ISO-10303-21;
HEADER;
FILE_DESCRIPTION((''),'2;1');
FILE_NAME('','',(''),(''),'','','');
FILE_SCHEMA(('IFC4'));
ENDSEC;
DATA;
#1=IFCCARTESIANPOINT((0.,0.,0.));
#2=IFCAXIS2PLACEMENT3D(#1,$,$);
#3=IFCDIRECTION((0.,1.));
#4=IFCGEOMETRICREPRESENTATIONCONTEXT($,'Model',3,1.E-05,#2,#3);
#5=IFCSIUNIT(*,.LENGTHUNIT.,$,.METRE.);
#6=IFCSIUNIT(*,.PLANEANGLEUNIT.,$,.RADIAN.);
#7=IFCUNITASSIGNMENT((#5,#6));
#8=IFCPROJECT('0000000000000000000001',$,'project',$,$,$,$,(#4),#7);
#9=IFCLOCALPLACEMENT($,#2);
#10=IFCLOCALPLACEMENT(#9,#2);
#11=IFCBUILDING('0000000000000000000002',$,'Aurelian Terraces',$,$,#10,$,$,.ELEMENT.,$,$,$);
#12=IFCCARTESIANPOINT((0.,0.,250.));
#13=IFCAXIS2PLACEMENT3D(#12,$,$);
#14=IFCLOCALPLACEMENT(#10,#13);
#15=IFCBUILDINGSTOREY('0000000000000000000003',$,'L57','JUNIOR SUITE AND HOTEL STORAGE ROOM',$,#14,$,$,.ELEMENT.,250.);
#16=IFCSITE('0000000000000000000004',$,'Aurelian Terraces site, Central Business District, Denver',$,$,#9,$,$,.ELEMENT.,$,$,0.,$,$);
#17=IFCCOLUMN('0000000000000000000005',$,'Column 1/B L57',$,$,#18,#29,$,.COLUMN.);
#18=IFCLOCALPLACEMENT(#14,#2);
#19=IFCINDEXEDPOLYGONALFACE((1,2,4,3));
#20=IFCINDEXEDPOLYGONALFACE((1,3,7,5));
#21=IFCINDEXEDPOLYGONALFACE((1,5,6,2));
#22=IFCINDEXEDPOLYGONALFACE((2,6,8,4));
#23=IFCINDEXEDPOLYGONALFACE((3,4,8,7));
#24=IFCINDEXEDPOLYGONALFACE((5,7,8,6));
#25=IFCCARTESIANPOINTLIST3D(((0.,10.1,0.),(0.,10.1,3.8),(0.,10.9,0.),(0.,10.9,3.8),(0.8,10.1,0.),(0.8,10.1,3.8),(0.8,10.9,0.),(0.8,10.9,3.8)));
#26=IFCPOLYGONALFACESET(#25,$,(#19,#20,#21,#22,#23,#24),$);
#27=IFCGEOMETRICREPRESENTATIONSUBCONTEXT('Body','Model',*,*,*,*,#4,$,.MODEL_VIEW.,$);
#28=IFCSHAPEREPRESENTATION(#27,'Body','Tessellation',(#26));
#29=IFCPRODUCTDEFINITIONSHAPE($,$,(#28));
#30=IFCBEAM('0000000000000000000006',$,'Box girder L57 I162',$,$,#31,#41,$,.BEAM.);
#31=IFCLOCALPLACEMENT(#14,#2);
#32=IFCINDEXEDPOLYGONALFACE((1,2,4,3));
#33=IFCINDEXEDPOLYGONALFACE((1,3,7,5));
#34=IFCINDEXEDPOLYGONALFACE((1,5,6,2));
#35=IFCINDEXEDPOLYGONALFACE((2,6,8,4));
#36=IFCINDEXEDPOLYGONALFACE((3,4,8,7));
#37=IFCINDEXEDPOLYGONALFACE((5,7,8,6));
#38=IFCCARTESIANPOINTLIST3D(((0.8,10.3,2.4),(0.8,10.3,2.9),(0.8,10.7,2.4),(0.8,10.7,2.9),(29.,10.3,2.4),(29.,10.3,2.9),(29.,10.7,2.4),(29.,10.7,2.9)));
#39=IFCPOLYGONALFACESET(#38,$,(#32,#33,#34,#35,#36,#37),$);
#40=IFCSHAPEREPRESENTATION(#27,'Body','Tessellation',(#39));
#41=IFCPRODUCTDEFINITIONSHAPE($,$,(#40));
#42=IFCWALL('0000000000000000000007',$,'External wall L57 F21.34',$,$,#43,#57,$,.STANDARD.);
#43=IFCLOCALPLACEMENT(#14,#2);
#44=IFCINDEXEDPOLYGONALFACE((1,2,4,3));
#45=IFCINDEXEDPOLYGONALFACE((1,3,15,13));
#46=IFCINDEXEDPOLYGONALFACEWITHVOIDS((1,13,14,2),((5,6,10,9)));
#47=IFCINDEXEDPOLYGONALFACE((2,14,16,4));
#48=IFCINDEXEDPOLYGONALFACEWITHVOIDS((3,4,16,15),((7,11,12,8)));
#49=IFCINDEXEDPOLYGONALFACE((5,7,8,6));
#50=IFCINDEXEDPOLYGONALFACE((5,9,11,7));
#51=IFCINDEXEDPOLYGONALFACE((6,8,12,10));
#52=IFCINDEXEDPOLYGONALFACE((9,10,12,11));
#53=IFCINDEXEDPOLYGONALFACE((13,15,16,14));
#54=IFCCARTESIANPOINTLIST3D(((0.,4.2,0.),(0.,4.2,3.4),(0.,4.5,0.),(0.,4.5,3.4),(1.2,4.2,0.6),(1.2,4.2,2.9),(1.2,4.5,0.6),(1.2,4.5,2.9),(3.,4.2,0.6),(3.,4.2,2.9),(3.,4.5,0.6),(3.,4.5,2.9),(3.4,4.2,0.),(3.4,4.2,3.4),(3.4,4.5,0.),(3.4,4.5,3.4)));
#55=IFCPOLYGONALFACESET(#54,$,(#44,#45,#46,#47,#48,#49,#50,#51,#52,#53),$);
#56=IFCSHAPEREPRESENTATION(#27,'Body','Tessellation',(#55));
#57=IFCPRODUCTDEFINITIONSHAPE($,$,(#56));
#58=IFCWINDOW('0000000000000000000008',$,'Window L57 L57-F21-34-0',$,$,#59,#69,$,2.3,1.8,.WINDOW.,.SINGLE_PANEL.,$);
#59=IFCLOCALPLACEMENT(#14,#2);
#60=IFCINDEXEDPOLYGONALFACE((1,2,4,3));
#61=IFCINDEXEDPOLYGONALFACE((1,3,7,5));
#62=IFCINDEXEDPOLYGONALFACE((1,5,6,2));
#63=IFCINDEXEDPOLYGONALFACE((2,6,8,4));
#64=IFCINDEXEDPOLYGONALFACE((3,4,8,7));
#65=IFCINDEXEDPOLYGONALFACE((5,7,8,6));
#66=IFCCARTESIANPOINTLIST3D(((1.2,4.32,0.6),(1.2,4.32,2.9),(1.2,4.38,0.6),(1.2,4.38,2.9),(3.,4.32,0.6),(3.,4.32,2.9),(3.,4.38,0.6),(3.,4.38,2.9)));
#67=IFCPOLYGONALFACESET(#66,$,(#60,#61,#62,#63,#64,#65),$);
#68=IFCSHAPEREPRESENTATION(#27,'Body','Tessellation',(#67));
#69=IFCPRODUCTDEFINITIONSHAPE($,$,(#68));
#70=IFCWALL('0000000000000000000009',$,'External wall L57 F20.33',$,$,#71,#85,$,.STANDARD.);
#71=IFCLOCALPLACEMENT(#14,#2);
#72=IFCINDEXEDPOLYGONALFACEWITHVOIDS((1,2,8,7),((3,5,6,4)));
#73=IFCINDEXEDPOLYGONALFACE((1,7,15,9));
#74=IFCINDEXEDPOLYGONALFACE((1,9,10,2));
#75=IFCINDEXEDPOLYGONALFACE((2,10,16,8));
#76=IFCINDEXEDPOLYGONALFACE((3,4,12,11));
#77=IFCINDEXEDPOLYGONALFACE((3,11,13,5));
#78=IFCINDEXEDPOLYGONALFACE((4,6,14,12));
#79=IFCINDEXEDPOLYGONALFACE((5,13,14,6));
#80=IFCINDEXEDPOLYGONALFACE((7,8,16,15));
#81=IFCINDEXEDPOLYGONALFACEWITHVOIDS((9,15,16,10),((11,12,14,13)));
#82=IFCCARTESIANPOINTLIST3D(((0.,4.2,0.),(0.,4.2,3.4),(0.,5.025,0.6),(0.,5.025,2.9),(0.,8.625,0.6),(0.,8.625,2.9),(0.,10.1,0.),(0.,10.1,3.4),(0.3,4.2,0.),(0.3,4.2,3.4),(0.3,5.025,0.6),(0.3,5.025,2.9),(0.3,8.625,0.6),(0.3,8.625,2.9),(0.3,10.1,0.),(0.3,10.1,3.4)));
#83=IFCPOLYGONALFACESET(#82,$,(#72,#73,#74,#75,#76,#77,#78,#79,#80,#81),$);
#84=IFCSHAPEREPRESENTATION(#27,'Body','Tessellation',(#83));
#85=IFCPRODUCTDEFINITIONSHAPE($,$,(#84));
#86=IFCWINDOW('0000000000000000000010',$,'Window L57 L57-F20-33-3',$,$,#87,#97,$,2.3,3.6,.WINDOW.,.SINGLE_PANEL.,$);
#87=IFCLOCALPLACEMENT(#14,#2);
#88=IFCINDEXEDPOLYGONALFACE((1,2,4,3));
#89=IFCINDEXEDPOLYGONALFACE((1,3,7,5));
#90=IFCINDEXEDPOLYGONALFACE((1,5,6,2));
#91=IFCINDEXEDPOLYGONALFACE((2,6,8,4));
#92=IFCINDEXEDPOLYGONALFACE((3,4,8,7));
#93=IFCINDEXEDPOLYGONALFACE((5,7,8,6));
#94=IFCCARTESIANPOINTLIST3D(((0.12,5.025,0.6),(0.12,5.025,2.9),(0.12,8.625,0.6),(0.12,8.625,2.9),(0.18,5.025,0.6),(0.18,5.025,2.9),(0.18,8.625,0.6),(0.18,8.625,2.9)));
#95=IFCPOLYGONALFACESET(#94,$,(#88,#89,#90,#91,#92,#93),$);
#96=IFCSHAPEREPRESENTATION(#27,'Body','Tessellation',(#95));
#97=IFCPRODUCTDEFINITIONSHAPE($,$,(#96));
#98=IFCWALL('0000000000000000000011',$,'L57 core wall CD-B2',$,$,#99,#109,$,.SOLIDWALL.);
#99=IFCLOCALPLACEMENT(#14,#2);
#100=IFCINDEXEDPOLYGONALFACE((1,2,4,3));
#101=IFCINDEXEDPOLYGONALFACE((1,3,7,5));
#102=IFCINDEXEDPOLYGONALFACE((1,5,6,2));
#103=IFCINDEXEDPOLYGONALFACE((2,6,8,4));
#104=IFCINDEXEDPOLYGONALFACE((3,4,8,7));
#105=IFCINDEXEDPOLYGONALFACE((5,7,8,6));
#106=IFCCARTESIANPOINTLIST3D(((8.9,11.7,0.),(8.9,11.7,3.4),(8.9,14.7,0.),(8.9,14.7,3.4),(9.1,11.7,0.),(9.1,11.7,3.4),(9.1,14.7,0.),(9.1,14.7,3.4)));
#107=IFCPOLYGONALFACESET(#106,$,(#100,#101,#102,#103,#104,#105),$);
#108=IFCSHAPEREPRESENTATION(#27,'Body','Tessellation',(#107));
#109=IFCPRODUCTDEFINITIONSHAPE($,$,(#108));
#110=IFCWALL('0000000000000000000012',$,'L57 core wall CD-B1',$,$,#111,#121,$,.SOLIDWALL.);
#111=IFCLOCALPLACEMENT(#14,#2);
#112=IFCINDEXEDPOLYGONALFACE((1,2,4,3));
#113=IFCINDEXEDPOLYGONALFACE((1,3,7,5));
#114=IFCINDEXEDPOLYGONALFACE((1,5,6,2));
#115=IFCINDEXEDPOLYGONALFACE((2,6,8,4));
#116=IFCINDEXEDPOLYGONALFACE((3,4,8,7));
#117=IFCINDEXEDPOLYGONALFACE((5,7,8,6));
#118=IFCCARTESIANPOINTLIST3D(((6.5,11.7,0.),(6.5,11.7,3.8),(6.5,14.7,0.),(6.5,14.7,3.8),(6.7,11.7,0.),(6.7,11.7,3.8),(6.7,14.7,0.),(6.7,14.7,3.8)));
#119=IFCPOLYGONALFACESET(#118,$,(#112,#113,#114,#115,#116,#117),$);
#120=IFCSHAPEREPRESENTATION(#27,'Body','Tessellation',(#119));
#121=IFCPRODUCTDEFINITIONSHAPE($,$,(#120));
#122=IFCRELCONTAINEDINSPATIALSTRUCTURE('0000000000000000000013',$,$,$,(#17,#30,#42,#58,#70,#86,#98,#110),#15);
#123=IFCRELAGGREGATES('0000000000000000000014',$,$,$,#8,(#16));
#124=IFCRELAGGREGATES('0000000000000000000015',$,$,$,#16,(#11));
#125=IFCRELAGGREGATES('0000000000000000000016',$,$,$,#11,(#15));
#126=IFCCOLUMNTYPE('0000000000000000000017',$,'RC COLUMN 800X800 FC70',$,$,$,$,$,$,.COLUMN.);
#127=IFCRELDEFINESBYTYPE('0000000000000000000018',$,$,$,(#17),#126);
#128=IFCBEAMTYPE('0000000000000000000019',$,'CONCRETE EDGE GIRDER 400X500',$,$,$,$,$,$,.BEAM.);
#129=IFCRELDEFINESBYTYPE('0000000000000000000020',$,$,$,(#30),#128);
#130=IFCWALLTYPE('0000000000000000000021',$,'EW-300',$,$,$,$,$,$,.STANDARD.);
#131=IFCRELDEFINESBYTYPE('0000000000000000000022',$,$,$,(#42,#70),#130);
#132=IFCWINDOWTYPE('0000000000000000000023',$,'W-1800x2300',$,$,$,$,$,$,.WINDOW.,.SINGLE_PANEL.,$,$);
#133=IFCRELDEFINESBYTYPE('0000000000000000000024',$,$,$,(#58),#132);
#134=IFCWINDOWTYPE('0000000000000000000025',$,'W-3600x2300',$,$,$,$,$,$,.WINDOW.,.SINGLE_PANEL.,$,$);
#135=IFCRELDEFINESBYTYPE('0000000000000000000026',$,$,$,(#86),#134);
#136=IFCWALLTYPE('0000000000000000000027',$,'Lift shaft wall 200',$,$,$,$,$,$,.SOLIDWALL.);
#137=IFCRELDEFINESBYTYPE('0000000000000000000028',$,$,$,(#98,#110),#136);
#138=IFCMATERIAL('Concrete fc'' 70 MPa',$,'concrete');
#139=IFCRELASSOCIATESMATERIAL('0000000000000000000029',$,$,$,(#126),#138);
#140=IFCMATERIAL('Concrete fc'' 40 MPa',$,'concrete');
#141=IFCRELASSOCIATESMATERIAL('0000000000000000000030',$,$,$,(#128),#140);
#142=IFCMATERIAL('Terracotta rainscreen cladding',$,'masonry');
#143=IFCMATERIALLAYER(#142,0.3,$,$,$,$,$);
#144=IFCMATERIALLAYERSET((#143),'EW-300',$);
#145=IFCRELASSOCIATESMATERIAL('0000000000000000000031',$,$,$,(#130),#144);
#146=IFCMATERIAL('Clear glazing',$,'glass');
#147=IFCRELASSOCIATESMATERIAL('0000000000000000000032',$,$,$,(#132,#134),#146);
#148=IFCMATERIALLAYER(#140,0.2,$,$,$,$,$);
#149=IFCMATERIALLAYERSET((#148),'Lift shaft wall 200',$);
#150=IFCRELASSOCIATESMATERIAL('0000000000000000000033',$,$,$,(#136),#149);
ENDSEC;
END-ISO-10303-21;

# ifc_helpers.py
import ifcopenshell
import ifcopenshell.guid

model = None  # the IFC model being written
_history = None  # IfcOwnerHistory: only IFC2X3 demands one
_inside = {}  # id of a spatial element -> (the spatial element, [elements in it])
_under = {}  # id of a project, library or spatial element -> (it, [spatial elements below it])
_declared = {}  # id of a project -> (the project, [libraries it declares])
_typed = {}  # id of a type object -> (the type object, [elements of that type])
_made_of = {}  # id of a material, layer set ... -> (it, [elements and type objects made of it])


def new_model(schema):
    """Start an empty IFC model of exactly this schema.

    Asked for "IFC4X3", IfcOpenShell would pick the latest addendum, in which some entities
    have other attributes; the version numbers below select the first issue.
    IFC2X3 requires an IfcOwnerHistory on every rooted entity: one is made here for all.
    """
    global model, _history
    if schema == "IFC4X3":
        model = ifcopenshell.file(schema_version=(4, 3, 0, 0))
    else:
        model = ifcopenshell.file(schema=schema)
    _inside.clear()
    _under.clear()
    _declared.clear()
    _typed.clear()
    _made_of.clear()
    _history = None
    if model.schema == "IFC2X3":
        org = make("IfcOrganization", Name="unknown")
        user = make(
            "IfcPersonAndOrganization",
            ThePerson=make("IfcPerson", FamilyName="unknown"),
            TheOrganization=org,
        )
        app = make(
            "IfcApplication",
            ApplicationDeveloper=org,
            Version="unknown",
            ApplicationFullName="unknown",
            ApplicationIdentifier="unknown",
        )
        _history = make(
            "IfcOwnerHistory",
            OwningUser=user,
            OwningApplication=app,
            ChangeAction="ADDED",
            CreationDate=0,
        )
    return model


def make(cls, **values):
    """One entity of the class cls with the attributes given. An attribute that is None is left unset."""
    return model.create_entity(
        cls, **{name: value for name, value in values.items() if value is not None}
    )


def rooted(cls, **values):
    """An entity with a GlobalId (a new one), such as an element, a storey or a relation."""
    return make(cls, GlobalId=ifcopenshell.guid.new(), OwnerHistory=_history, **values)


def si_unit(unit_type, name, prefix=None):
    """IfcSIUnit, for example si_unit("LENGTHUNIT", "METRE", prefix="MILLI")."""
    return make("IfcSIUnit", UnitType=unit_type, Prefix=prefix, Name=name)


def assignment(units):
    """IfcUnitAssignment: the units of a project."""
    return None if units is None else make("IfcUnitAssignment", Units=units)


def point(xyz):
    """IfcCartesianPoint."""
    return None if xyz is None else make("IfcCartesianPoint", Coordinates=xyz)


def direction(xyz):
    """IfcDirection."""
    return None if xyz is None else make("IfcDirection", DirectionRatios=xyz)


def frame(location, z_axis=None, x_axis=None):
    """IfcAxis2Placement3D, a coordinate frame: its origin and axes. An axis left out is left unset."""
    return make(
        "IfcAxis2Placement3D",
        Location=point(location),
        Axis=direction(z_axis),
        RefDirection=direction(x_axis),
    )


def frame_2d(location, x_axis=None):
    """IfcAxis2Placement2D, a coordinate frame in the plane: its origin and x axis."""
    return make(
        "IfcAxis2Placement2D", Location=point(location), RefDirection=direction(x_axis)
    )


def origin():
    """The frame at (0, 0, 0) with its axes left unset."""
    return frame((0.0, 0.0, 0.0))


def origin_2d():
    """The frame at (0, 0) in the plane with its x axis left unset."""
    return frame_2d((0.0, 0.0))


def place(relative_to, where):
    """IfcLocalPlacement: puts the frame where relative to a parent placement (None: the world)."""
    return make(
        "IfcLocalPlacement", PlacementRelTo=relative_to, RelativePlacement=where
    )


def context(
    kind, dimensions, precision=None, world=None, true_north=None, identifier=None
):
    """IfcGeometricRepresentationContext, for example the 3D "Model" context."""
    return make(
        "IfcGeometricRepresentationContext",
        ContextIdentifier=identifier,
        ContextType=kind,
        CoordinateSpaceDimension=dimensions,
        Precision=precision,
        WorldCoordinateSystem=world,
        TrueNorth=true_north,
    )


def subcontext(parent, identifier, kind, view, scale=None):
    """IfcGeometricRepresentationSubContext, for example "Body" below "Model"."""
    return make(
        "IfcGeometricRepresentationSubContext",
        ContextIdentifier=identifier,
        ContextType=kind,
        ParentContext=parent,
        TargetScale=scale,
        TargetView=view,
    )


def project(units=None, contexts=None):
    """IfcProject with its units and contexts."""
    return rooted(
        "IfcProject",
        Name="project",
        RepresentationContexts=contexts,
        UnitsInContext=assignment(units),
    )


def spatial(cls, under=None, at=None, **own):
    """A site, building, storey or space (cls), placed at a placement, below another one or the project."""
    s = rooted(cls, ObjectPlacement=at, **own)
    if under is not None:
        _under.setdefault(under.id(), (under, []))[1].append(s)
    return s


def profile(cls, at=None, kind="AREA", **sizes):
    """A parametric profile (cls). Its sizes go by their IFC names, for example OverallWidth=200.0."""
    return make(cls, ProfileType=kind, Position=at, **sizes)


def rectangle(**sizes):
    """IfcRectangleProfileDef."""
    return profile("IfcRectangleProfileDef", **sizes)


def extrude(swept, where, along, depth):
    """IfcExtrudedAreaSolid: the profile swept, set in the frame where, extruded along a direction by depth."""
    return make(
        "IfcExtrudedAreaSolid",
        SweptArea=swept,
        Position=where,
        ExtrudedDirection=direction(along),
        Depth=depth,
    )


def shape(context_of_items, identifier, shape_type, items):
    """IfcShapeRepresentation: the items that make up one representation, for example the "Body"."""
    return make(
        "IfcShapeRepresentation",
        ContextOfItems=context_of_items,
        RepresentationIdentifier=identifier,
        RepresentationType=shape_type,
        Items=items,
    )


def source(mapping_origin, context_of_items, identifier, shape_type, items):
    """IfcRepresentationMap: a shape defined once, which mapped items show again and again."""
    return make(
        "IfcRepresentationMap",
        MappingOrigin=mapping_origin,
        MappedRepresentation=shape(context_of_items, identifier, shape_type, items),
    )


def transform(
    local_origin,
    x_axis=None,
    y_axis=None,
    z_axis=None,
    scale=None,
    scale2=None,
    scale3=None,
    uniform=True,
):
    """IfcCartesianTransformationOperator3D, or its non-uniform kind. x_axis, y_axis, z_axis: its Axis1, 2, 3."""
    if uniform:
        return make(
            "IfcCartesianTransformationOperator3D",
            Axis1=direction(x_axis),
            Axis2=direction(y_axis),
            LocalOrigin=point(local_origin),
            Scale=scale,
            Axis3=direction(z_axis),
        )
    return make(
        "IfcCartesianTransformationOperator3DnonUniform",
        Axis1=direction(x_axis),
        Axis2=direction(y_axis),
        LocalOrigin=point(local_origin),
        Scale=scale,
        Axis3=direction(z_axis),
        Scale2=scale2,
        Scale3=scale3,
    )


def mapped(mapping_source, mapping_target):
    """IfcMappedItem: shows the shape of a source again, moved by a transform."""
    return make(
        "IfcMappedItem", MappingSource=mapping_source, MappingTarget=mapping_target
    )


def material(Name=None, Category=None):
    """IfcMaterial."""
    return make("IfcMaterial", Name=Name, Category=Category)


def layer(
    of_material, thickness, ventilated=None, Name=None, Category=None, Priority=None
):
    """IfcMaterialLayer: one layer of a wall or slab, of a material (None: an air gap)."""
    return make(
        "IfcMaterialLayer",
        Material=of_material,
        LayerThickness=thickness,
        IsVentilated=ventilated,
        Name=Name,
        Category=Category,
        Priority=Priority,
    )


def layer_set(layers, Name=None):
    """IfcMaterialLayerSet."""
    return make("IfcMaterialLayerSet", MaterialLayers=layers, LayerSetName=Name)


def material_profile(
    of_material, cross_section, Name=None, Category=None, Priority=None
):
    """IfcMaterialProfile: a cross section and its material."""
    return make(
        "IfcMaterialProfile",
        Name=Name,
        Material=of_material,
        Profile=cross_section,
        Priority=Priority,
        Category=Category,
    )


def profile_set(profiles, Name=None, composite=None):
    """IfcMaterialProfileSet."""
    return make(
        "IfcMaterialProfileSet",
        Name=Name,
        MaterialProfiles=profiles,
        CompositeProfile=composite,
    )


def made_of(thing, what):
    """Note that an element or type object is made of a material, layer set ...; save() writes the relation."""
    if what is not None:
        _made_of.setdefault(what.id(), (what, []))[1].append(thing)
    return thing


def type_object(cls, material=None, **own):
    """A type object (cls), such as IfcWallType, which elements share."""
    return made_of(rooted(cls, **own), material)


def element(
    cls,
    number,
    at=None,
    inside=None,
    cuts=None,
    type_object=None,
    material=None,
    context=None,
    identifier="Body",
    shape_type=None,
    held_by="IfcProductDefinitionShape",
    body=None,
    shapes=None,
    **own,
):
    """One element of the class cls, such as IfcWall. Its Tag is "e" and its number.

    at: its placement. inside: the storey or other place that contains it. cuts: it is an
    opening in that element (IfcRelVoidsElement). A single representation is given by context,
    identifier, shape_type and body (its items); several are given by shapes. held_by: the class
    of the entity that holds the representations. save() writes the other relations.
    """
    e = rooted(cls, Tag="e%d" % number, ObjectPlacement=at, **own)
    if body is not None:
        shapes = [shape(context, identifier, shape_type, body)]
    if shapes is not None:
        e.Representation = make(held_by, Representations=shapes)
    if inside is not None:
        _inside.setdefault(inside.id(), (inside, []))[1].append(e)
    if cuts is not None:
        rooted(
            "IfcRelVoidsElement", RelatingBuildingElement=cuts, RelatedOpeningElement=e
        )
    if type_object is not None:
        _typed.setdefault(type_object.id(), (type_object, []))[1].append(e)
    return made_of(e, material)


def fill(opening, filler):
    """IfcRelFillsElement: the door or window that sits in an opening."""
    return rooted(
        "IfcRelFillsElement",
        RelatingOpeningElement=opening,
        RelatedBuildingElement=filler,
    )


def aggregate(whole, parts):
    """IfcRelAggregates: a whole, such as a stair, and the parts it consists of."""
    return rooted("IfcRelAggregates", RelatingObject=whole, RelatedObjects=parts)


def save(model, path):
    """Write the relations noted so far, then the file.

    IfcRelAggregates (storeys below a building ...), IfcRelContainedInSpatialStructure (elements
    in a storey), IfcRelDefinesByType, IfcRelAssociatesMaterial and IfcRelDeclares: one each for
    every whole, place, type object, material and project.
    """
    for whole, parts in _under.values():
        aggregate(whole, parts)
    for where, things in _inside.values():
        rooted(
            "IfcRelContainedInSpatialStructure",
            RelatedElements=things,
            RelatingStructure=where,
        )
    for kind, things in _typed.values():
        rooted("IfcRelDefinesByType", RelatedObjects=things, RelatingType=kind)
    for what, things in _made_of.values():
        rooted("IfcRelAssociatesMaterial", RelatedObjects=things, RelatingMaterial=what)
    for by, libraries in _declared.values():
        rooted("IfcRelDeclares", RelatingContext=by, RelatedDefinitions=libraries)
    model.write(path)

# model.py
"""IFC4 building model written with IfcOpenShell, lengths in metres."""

from ifc_helpers import new_model, si_unit, direction, frame, frame_2d, origin, origin_2d, place, context, subcontext, project, spatial, rectangle, extrude, source, transform, mapped, material, layer, layer_set, material_profile, profile_set, type_object, element, fill, save


model = new_model("IFC4")

# Units and contexts
model_context = context("Model", 3, precision=1e-05, world=origin(), true_north=direction((0.0, 1.0)))
body_context = subcontext(model_context, "Body", "Model", "MODEL_VIEW")
ifc_project = project(units=[si_unit("LENGTHUNIT", "METRE"), si_unit("PLANEANGLEUNIT", "RADIAN")], contexts=[model_context])

# Site, building, storey
site_placement = place(None, origin())
site = spatial("IfcSite", under=ifc_project, at=site_placement, Name="Aurelian Terraces site, Central Business District, Denver", CompositionType="ELEMENT", RefElevation=0.0)
building_placement = place(site_placement, origin())
building = spatial("IfcBuilding", under=site, at=building_placement, Name="Aurelian Terraces", CompositionType="ELEMENT")
storey_placement = place(building_placement, frame((0.0, 0.0, 250.0)))
storey = spatial("IfcBuildingStorey", under=building, at=storey_placement, Name="L57", Description="JUNIOR SUITE AND HOTEL STORAGE ROOM", CompositionType="ELEMENT", Elevation=250.0)

# Column
ifc_material_1 = material(Name="Concrete fc' 70 MPa", Category="concrete")
ifc_material_profile_1 = material_profile(ifc_material_1, rectangle(XDim=0.8, YDim=0.8, at=origin_2d()))
ifc_profile_set_1 = profile_set([ifc_material_profile_1], Name="Concrete fc' 70 MPa")
column_type = type_object("IfcColumnType", Name="RC COLUMN 800X800 FC70", PredefinedType="COLUMN", material=ifc_profile_set_1)
shared_shape_1 = source(origin(), body_context, "Body", "SweptSolid", [
    extrude(rectangle(XDim=0.8, YDim=0.8, at=origin_2d()), origin(), (0.0, 0.0, 1.0), 3.8),
])
column_placement = place(storey_placement, frame((0.4, 10.5, 0.0), z_axis=(0.0, 0.0, 1.0), x_axis=(1.0, 0.0, 0.0)))
element("IfcColumn", 1, at=column_placement, inside=storey, type_object=column_type, Name="Column 1/B L57", PredefinedType="COLUMN", context=body_context, shape_type="MappedRepresentation", body=[
    mapped(shared_shape_1, transform((0.0, 0.0, 0.0), scale=1.0)),
])

# Beam
ifc_material_2 = material(Name="Concrete fc' 40 MPa", Category="concrete")
ifc_material_profile_2 = material_profile(ifc_material_2, rectangle(XDim=0.4, YDim=0.5, at=origin_2d()))
ifc_profile_set_2 = profile_set([ifc_material_profile_2], Name="Concrete fc' 40 MPa")
beam_type = type_object("IfcBeamType", Name="CONCRETE EDGE GIRDER 400X500", PredefinedType="BEAM", material=ifc_profile_set_2)
shared_shape_2 = source(origin(), body_context, "Body", "SweptSolid", [
    extrude(rectangle(XDim=0.4, YDim=0.5, at=origin_2d()), origin(), (0.0, 0.0, 1.0), 28.2),
])
beam_placement = place(storey_placement, frame((0.8, 10.5, 2.65), z_axis=(1.0, 0.0, 0.0), x_axis=(0.0, 1.0, 0.0)))
element("IfcBeam", 2, at=beam_placement, inside=storey, type_object=beam_type, Name="Box girder L57 I162", PredefinedType="BEAM", context=body_context, shape_type="MappedRepresentation", body=[
    mapped(shared_shape_2, transform((0.0, 0.0, 0.0), scale=1.0)),
])

# Walls, openings, windows
ifc_material_3 = material(Name="Terracotta rainscreen cladding", Category="masonry")
ifc_layer_1 = layer(ifc_material_3, 0.3)
ifc_layer_set_1 = layer_set([ifc_layer_1], Name="EW-300")
wall_type_1 = type_object("IfcWallType", Name="EW-300", PredefinedType="STANDARD", material=ifc_layer_set_1)
shared_shape_3 = source(origin(), body_context, "Body", "SweptSolid", [
    extrude(rectangle(XDim=3.4, YDim=0.3, at=frame_2d((1.7, 0.0))), origin(), (0.0, 0.0, 1.0), 3.4),
])
wall_1_placement = place(storey_placement, frame((0.0, 4.35, 0.0), z_axis=(0.0, 0.0, 1.0), x_axis=(1.0, 0.0, 0.0)))
wall_1 = element("IfcWall", 3, at=wall_1_placement, inside=storey, type_object=wall_type_1, Name="External wall L57 F21.34", PredefinedType="STANDARD", context=body_context, shape_type="MappedRepresentation", body=[
    mapped(shared_shape_3, transform((0.0, 0.0, 0.0), scale=1.0)),
])
shared_shape_4 = source(origin(), body_context, "Body", "SweptSolid", [
    extrude(rectangle(XDim=1.8, YDim=2.3, at=frame_2d((0.9, 1.15))), frame((0.0, 0.16, 0.0), z_axis=(0.0, -1.0, 0.0), x_axis=(1.0, 0.0, 0.0)), (0.0, 0.0, 1.0), 0.32),
])
opening_1_placement = place(wall_1_placement, frame((1.2, 0.0, 0.6)))
opening_1 = element("IfcOpeningElement", 4, at=opening_1_placement, cuts=wall_1, PredefinedType="OPENING", context=body_context, shape_type="MappedRepresentation", body=[
    mapped(shared_shape_4, transform((0.0, 0.0, 0.0), scale=1.0)),
])
ifc_material_4 = material(Name="Clear glazing", Category="glass")
window_type_1 = type_object("IfcWindowType", Name="W-1800x2300", PartitioningType="SINGLE_PANEL", PredefinedType="WINDOW", material=ifc_material_4)
shared_shape_5 = source(origin(), body_context, "Body", "SweptSolid", [
    extrude(rectangle(XDim=1.8, YDim=2.3, at=frame_2d((0.9, 1.15))), frame((0.0, 0.03, 0.0), z_axis=(0.0, -1.0, 0.0), x_axis=(1.0, 0.0, 0.0)), (0.0, 0.0, 1.0), 0.06),
])
window_1_placement = place(opening_1_placement, origin())
window_1 = element("IfcWindow", 5, at=window_1_placement, inside=storey, type_object=window_type_1, Name="Window L57 L57-F21-34-0", OverallHeight=2.3, OverallWidth=1.8, PartitioningType="SINGLE_PANEL", PredefinedType="WINDOW", context=body_context, shape_type="MappedRepresentation", body=[
    mapped(shared_shape_5, transform((0.0, 0.0, 0.0), scale=1.0)),
])
fill(opening_1, window_1)
shared_shape_6 = source(origin(), body_context, "Body", "SweptSolid", [
    extrude(rectangle(XDim=5.9, YDim=0.3, at=frame_2d((2.95, 0.0))), origin(), (0.0, 0.0, 1.0), 3.4),
])
wall_2_placement = place(storey_placement, frame((0.15, 10.1, 0.0), z_axis=(0.0, 0.0, 1.0), x_axis=(0.0, -1.0, 0.0)))
wall_2 = element("IfcWall", 6, at=wall_2_placement, inside=storey, type_object=wall_type_1, Name="External wall L57 F20.33", PredefinedType="STANDARD", context=body_context, shape_type="MappedRepresentation", body=[
    mapped(shared_shape_6, transform((0.0, 0.0, 0.0), scale=1.0)),
])
shared_shape_7 = source(origin(), body_context, "Body", "SweptSolid", [
    extrude(rectangle(XDim=3.6, YDim=2.3, at=frame_2d((1.8, 1.15))), frame((0.0, 0.16, 0.0), z_axis=(0.0, -1.0, 0.0), x_axis=(1.0, 0.0, 0.0)), (0.0, 0.0, 1.0), 0.32),
])
opening_2_placement = place(wall_2_placement, frame((1.475, 0.0, 0.6)))
opening_2 = element("IfcOpeningElement", 7, at=opening_2_placement, cuts=wall_2, PredefinedType="OPENING", context=body_context, shape_type="MappedRepresentation", body=[
    mapped(shared_shape_7, transform((0.0, 0.0, 0.0), scale=1.0)),
])
window_type_2 = type_object("IfcWindowType", Name="W-3600x2300", PartitioningType="SINGLE_PANEL", PredefinedType="WINDOW", material=ifc_material_4)
shared_shape_8 = source(origin(), body_context, "Body", "SweptSolid", [
    extrude(rectangle(XDim=3.6, YDim=2.3, at=frame_2d((1.8, 1.15))), frame((0.0, 0.03, 0.0), z_axis=(0.0, -1.0, 0.0), x_axis=(1.0, 0.0, 0.0)), (0.0, 0.0, 1.0), 0.06),
])
window_2_placement = place(opening_2_placement, origin())
window_2 = element("IfcWindow", 8, at=window_2_placement, inside=storey, type_object=window_type_2, Name="Window L57 L57-F20-33-3", OverallHeight=2.3, OverallWidth=3.6, PartitioningType="SINGLE_PANEL", PredefinedType="WINDOW", context=body_context, shape_type="MappedRepresentation", body=[
    mapped(shared_shape_8, transform((0.0, 0.0, 0.0), scale=1.0)),
])
fill(opening_2, window_2)

# Walls
ifc_layer_2 = layer(ifc_material_2, 0.2)
ifc_layer_set_2 = layer_set([ifc_layer_2], Name="Lift shaft wall 200")
wall_type_2 = type_object("IfcWallType", Name="Lift shaft wall 200", PredefinedType="SOLIDWALL", material=ifc_layer_set_2)
shared_shape_9 = source(origin(), body_context, "Body", "SweptSolid", [
    extrude(rectangle(XDim=3.0, YDim=0.2, at=frame_2d((1.5, 0.0))), origin(), (0.0, 0.0, 1.0), 3.4),
])
wall_3_placement = place(storey_placement, frame((9.0, 11.7, 0.0), z_axis=(0.0, 0.0, 1.0), x_axis=(0.0, 1.0, 0.0)))
element("IfcWall", 9, at=wall_3_placement, inside=storey, type_object=wall_type_2, Name="L57 core wall CD-B2", PredefinedType="SOLIDWALL", context=body_context, shape_type="MappedRepresentation", body=[
    mapped(shared_shape_9, transform((0.0, 0.0, 0.0), scale=1.0)),
])
shared_shape_10 = source(origin(), body_context, "Body", "SweptSolid", [
    extrude(rectangle(XDim=3.0, YDim=0.2, at=frame_2d((1.5, 0.0))), origin(), (0.0, 0.0, 1.0), 3.8),
])
wall_4_placement = place(storey_placement, frame((6.6, 11.7, 0.0), z_axis=(0.0, 0.0, 1.0), x_axis=(0.0, 1.0, 0.0)))
element("IfcWall", 10, at=wall_4_placement, inside=storey, type_object=wall_type_2, Name="L57 core wall CD-B1", PredefinedType="SOLIDWALL", context=body_context, shape_type="MappedRepresentation", body=[
    mapped(shared_shape_10, transform((0.0, 0.0, 0.0), scale=1.0)),
])

save(model, "model.ifc")
